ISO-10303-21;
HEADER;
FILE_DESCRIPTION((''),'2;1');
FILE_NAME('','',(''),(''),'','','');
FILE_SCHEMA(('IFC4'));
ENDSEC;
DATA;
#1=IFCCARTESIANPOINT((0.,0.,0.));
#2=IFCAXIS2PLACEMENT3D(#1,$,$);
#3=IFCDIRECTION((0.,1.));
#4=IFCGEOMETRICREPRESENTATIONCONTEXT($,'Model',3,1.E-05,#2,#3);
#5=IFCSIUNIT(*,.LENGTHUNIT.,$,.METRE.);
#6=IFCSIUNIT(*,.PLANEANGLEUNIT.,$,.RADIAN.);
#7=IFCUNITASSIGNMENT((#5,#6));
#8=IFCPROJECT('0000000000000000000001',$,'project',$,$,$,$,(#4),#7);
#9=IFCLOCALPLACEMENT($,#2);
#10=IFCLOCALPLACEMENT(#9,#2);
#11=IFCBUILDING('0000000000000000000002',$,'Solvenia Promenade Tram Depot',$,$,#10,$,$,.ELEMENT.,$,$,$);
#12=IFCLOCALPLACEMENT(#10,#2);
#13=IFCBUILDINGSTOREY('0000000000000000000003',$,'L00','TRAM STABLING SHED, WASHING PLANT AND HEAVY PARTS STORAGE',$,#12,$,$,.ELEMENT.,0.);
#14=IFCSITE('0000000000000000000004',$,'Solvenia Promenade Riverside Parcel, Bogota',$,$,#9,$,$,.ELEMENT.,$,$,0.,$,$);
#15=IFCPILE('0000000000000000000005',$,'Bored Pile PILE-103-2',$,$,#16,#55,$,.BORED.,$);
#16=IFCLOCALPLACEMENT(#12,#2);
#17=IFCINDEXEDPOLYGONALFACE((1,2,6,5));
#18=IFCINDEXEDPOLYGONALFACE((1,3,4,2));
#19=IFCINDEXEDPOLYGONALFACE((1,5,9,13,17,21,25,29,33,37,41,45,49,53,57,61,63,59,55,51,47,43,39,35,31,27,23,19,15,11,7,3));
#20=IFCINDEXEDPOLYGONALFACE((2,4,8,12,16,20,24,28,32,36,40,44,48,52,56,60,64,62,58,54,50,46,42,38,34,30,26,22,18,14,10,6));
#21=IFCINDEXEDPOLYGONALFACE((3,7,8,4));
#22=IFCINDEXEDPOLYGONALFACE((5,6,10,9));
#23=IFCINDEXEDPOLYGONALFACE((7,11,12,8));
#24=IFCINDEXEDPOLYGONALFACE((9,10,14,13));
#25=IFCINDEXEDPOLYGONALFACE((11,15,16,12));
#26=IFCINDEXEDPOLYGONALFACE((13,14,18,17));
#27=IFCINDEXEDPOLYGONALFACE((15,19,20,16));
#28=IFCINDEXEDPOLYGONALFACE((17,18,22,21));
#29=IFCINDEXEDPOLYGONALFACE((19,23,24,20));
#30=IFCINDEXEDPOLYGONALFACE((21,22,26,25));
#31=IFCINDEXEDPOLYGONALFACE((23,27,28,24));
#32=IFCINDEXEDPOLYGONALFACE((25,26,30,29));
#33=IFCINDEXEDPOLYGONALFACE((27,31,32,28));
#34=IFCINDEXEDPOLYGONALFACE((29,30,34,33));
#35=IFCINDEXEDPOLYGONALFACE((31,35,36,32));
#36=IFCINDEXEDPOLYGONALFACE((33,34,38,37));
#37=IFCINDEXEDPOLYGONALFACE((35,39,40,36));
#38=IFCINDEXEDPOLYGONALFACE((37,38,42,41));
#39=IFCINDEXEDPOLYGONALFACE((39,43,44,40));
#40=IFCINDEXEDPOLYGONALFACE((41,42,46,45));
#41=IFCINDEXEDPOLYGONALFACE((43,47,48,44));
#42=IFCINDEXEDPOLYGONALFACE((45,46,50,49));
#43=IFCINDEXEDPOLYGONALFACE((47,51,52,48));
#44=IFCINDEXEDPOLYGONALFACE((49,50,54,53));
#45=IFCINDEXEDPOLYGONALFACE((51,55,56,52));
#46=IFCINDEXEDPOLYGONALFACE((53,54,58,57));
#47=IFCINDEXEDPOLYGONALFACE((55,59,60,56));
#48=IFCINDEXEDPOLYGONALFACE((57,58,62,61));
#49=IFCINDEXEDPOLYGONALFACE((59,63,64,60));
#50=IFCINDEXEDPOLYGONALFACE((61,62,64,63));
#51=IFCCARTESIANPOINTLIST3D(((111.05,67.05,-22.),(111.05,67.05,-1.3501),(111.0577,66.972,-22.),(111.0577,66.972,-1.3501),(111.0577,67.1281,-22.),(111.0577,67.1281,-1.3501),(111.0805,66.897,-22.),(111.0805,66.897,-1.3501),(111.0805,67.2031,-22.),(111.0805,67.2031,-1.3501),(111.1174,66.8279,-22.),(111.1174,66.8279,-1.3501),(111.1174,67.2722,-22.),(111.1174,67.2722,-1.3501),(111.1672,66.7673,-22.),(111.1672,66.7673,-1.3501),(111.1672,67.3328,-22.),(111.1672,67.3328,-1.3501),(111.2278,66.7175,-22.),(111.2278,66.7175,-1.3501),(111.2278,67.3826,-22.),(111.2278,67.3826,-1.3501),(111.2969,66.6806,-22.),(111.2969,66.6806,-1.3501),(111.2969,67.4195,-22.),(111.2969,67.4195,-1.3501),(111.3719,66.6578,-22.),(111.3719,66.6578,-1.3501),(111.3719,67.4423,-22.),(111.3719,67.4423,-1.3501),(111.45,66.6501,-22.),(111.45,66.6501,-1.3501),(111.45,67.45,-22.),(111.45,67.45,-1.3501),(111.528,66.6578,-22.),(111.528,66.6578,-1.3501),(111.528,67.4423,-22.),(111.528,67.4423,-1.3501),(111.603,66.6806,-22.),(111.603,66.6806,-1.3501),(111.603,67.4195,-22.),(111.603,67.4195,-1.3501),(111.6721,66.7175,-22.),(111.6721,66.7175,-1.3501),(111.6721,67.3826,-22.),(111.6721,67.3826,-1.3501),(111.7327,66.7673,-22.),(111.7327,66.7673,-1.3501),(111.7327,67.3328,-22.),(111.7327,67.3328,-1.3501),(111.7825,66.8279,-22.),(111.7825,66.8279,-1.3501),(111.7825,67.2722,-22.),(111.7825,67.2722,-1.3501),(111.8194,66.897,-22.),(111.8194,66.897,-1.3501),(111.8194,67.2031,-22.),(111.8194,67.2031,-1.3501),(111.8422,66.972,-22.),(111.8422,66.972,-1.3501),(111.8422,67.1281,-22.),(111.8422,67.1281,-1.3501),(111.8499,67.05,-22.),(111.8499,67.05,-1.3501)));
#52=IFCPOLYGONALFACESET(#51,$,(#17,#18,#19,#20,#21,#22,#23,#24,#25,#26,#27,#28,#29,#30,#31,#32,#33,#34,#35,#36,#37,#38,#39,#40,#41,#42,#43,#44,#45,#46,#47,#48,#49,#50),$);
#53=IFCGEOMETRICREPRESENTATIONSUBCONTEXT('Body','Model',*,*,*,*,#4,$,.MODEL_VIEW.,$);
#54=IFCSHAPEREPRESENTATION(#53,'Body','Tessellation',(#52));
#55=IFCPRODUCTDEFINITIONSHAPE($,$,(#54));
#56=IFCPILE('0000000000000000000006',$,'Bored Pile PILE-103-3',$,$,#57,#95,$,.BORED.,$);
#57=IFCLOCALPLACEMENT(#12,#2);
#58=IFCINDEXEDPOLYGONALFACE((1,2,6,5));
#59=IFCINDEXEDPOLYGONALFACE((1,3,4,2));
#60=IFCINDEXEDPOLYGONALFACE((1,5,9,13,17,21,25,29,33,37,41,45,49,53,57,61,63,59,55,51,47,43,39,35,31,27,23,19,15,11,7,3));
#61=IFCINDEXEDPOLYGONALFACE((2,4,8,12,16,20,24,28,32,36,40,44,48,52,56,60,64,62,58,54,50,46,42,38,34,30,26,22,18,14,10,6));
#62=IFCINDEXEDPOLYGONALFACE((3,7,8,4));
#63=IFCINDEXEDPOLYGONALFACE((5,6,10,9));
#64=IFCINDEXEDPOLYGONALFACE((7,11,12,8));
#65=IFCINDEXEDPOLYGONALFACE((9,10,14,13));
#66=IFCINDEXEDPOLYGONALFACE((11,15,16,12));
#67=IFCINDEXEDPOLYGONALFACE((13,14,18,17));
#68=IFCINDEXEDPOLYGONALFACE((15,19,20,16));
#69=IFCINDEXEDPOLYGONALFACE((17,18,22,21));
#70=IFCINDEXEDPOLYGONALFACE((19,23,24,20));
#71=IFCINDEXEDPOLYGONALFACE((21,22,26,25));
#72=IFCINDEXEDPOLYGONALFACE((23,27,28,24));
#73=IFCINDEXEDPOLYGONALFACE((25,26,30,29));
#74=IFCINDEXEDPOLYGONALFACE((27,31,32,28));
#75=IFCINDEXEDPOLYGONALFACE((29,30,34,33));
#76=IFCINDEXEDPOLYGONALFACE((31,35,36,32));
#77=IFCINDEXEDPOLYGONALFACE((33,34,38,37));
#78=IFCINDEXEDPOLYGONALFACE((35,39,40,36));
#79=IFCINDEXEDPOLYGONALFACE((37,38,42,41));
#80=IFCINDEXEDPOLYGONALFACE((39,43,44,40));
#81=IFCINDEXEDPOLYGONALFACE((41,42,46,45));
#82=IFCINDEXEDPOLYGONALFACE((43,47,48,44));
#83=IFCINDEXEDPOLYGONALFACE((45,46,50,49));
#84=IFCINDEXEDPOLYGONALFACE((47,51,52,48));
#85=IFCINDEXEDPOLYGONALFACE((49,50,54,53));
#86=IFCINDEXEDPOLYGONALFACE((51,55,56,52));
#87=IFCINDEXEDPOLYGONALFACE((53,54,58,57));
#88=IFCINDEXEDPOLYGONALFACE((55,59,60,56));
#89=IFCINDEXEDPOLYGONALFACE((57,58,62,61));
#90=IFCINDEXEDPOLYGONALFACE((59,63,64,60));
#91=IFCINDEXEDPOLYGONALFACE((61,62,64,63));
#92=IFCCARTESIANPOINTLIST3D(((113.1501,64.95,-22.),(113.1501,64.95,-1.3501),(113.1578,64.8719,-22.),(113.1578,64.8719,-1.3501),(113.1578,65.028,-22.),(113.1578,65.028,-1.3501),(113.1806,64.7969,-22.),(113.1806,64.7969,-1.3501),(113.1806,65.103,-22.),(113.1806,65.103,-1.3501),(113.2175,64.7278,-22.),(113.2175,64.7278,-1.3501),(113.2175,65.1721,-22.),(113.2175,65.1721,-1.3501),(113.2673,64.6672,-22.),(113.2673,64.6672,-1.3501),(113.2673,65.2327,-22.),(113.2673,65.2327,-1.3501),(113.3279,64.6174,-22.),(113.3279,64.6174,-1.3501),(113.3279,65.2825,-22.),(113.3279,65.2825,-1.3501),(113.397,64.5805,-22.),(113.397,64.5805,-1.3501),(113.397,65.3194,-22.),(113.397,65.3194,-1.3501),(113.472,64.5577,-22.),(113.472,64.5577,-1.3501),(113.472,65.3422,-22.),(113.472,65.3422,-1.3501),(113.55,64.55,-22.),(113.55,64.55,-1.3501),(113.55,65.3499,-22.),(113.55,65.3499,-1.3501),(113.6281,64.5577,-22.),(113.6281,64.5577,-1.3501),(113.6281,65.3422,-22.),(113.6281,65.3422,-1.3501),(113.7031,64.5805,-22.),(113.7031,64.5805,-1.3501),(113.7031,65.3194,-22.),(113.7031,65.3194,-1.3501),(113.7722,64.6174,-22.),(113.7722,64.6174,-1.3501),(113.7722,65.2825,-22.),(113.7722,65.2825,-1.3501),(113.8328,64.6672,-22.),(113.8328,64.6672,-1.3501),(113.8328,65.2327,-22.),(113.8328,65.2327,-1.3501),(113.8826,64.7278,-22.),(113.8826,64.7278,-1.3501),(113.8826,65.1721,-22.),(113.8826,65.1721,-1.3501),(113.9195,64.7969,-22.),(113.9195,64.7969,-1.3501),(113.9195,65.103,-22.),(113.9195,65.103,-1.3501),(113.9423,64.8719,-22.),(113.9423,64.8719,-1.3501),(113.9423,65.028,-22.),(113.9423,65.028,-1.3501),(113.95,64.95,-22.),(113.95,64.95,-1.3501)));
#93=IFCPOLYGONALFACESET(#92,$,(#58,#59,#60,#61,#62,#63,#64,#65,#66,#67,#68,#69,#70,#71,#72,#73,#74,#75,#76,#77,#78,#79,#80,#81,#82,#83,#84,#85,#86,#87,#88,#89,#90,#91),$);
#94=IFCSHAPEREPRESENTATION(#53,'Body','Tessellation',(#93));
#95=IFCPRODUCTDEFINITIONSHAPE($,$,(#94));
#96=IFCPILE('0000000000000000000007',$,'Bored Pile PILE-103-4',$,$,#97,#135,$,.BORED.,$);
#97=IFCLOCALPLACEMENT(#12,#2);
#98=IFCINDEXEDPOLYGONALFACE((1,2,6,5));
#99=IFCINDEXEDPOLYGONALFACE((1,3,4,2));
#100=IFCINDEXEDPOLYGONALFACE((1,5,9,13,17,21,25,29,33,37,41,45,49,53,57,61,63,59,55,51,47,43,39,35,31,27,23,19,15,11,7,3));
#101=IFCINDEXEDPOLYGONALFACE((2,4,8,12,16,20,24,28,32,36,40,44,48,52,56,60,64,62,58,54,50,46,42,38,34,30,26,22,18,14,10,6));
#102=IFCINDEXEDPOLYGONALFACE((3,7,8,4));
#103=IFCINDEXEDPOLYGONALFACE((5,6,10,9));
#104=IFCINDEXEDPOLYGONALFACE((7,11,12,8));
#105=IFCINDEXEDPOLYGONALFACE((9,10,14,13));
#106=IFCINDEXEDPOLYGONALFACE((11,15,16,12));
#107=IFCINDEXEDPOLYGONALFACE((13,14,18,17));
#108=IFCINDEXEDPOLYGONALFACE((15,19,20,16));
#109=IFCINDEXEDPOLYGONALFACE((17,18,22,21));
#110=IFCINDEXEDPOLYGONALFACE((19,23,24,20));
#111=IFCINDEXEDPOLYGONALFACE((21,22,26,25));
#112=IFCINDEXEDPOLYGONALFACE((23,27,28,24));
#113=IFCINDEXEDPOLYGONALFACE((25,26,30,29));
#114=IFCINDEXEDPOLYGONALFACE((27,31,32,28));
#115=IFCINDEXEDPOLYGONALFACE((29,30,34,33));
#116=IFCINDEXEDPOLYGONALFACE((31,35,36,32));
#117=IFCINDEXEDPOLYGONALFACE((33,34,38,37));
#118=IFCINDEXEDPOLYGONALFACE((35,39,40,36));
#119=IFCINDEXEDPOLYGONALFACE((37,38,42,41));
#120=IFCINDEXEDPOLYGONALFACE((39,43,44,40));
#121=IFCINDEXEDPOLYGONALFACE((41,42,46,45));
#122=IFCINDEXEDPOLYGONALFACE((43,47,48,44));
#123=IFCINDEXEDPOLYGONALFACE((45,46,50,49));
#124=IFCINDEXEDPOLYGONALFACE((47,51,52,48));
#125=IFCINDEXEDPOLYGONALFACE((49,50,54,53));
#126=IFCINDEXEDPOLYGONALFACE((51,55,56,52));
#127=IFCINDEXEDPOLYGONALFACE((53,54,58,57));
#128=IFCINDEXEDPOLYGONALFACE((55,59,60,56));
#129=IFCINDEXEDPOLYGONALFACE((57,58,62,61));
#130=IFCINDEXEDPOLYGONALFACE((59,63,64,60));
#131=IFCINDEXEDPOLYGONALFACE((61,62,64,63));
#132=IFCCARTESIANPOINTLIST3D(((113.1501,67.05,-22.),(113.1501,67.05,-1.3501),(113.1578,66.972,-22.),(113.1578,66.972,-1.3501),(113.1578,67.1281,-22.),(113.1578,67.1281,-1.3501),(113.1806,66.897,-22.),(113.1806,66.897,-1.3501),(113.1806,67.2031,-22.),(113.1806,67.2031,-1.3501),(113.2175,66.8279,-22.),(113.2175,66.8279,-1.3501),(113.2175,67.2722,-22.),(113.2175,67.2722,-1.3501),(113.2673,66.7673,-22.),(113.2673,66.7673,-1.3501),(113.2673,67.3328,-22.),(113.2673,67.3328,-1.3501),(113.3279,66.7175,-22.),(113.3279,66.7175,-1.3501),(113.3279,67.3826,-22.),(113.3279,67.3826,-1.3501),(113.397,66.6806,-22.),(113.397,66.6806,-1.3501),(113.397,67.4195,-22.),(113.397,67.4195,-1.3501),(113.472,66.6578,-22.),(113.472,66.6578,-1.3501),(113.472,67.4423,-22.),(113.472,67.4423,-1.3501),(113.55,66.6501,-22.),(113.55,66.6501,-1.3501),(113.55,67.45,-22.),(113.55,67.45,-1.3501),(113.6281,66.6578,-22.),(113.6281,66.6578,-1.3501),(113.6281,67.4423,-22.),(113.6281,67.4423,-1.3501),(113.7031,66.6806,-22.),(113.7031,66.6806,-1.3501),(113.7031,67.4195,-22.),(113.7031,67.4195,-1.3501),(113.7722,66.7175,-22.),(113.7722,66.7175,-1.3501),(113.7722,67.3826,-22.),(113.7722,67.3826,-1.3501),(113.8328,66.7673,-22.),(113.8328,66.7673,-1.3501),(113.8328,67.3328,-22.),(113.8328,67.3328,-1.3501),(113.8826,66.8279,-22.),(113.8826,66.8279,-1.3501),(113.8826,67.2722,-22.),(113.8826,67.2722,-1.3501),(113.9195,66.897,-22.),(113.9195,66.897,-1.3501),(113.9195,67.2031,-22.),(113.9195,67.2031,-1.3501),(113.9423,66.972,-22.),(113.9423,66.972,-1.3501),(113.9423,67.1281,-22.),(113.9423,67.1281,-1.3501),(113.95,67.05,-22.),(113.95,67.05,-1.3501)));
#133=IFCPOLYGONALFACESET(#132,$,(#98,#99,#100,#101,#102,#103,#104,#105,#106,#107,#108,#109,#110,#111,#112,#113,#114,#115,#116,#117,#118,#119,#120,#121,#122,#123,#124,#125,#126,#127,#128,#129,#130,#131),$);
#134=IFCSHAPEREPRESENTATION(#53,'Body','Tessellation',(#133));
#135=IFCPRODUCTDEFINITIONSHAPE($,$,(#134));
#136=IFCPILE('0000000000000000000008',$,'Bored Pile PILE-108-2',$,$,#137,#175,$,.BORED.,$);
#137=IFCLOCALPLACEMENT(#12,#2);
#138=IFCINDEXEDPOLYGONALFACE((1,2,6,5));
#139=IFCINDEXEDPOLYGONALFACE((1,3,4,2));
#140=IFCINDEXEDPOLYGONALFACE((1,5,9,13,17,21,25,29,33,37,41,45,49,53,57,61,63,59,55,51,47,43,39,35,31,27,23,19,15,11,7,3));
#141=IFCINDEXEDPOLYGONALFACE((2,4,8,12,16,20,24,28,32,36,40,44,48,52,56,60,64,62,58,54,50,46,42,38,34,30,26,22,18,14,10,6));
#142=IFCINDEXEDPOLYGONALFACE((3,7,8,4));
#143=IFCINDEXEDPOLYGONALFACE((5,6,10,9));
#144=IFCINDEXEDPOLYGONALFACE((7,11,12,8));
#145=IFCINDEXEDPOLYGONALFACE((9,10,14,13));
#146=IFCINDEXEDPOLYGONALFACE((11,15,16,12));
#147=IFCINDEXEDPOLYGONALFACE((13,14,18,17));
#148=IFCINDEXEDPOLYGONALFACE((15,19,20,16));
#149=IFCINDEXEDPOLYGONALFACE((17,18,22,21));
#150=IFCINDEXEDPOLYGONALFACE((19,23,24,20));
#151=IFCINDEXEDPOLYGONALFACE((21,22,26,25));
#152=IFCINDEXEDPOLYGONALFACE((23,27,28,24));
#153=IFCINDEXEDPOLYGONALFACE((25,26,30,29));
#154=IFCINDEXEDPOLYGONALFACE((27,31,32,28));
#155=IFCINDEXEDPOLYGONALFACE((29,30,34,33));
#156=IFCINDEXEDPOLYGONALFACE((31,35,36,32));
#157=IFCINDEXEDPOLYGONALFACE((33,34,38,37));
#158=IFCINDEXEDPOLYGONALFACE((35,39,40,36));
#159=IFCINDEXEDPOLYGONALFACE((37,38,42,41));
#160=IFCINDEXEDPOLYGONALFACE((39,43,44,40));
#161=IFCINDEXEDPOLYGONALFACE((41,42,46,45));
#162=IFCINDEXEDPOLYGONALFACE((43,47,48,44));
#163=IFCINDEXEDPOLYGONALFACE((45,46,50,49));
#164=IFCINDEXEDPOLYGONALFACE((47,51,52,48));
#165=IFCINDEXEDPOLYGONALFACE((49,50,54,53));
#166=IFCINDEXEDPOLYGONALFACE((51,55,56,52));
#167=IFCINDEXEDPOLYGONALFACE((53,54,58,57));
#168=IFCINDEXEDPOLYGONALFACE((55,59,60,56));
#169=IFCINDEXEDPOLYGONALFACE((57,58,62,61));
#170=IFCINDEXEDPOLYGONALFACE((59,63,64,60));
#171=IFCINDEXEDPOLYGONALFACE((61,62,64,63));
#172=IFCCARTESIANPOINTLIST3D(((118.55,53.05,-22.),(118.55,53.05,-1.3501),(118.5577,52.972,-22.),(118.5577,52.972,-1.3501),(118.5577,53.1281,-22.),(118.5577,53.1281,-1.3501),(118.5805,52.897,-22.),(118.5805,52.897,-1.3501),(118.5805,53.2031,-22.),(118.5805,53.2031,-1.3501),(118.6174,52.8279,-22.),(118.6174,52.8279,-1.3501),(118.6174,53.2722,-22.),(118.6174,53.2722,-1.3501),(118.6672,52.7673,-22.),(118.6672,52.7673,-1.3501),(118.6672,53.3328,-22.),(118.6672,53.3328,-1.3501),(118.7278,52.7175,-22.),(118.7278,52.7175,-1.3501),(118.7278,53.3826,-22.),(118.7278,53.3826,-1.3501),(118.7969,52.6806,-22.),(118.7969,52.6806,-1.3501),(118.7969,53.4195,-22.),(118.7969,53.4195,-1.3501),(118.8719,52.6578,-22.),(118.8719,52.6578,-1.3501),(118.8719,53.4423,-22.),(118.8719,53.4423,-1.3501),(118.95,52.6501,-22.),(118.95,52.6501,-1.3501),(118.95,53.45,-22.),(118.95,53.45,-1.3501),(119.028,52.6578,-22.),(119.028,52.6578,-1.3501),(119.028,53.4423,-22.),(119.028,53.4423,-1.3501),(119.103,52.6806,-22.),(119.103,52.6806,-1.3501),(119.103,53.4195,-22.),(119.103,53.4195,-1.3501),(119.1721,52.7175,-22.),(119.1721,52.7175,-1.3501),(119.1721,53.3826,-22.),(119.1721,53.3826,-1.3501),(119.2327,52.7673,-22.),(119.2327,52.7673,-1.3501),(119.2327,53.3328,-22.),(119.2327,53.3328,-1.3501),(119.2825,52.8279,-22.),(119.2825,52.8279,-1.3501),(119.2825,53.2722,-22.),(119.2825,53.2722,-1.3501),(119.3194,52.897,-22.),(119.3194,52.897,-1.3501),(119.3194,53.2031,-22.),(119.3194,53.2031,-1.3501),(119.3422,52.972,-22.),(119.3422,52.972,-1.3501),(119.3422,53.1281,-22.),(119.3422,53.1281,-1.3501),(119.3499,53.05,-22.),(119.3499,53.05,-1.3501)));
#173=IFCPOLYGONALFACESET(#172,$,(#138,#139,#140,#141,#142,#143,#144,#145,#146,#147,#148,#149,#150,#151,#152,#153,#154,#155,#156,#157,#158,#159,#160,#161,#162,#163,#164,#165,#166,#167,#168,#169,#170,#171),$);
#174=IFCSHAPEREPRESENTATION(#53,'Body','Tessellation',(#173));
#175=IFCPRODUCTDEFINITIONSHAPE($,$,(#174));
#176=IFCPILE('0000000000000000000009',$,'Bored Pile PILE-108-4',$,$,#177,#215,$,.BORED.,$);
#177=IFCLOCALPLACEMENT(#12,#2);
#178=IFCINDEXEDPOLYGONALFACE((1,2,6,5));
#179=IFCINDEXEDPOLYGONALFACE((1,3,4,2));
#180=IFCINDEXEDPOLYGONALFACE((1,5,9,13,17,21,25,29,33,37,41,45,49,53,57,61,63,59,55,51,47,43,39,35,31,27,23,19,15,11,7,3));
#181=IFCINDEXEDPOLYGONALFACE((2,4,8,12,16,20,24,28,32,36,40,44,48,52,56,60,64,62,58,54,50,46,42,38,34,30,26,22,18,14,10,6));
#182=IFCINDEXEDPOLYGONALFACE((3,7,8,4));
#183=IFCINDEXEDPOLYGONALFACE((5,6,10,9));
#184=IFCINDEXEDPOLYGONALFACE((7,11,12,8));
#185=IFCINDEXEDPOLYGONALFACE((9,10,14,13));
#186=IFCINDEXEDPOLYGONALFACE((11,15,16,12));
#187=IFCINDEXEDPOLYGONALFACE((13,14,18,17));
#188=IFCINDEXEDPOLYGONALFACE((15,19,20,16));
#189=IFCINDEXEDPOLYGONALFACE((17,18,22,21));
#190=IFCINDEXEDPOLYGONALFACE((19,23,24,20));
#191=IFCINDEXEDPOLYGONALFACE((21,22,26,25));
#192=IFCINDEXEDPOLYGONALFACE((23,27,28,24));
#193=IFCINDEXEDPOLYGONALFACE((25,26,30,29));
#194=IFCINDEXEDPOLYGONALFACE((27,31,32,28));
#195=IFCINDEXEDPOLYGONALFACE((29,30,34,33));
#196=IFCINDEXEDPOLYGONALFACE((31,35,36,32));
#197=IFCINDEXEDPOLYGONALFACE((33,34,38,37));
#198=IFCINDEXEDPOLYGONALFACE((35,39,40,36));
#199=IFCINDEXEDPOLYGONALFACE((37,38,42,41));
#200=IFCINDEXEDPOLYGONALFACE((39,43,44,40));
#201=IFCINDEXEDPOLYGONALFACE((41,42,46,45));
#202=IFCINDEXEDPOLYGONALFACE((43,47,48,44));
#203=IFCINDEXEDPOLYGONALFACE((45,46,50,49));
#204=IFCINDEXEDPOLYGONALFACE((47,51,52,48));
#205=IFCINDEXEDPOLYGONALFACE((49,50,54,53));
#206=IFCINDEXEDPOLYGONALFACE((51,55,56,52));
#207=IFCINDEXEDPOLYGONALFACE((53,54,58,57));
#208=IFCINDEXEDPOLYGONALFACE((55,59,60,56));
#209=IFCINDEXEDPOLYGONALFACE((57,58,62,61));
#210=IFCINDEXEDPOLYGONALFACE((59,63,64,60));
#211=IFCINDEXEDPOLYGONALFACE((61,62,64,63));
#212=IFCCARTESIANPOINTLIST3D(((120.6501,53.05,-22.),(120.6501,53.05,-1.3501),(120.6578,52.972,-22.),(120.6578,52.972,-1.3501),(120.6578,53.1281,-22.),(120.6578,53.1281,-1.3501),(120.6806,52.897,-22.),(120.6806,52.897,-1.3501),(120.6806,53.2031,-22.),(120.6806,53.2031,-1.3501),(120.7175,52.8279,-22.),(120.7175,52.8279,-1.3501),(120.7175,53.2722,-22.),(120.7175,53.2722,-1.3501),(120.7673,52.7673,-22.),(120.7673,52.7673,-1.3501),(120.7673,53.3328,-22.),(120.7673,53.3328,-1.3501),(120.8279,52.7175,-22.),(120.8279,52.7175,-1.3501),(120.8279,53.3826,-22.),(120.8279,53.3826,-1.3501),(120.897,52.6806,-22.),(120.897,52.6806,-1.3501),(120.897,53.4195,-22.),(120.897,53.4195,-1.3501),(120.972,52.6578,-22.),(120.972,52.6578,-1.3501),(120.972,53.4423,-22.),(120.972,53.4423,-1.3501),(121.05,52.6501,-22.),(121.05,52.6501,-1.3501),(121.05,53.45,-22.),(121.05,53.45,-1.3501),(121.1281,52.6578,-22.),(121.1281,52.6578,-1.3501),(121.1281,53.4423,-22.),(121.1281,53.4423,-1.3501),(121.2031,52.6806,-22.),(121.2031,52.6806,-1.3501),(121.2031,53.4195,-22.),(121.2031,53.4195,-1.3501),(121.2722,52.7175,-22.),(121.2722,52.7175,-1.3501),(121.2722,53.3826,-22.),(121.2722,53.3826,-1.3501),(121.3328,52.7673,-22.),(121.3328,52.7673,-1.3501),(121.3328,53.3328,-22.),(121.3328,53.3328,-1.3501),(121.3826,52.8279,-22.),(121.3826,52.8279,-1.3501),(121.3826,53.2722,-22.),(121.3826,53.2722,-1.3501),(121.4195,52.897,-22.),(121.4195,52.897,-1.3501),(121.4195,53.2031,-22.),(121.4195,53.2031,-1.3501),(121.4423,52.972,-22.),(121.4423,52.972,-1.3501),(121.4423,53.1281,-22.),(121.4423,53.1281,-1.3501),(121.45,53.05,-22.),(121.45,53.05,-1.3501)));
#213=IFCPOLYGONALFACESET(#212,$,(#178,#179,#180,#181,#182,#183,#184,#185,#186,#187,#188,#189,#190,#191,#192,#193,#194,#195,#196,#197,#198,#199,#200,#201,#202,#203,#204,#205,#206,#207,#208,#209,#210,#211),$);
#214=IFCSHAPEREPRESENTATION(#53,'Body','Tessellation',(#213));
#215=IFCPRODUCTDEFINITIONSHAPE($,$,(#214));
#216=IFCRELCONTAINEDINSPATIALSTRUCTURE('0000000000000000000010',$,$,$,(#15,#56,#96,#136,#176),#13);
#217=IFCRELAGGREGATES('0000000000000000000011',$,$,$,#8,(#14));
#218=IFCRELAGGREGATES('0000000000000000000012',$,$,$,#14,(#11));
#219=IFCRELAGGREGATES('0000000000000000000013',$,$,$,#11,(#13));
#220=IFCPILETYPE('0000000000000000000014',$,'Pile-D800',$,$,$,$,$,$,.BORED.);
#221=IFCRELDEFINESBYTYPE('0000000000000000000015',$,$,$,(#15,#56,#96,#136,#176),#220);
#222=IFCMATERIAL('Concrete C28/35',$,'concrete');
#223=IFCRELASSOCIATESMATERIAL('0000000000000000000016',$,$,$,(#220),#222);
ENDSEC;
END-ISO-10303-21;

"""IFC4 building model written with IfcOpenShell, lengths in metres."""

from ifc_helpers import new_model, si_unit, direction, frame, origin, origin_2d, place, context, subcontext, project, spatial, circle, extrude, material, material_profile, profile_set, type_object, element, save


model = new_model("IFC4")

# Units and contexts
model_context = context("Model", 3, precision=1e-05, world=origin(), true_north=direction((0.0, 1.0)))
body_context = subcontext(model_context, "Body", "Model", "MODEL_VIEW")
ifc_project = project(units=[si_unit("LENGTHUNIT", "METRE"), si_unit("PLANEANGLEUNIT", "RADIAN")], contexts=[model_context])

# Site, building, storey
site_placement = place(None, origin())
site = spatial("IfcSite", under=ifc_project, at=site_placement, Name="Solvenia Promenade Riverside Parcel, Bogota", CompositionType="ELEMENT", RefElevation=0.0)
building_placement = place(site_placement, origin())
building = spatial("IfcBuilding", under=site, at=building_placement, Name="Solvenia Promenade Tram Depot", CompositionType="ELEMENT")
storey_placement = place(building_placement, origin())
storey = spatial("IfcBuildingStorey", under=building, at=storey_placement, Name="L00", Description="TRAM STABLING SHED, WASHING PLANT AND HEAVY PARTS STORAGE", CompositionType="ELEMENT", Elevation=0.0)

# Shared definitions
ifc_material_1 = material(Name="Concrete C28/35", Category="concrete")

# Piles
ifc_material_profile_1 = material_profile(ifc_material_1, circle(Radius=0.3999, at=origin_2d()), Name="D800", Category="concrete")
ifc_profile_set_1 = profile_set([ifc_material_profile_1], Name="Concrete C28/35")
pile_type = type_object("IfcPileType", Name="Pile-D800", PredefinedType="BORED", material=ifc_profile_set_1)
for number, where, z_axis, x_axis, name in (
    (1, (111.45, 67.05, -1.3501), (0.0, 0.0, -1.0), (1.0, 0.0, 0.0), "Bored Pile PILE-103-2"),
    (2, (113.55, 64.95, -1.3501), (0.0, 0.0, -1.0), (1.0, 0.0, 0.0), "Bored Pile PILE-103-3"),
    (3, (113.55, 67.05, -1.3501), (0.0, 0.0, -1.0), (1.0, 0.0, 0.0), "Bored Pile PILE-103-4"),
    (4, (118.95, 53.05, -1.3501), (0.0, 0.0, -1.0), (1.0, 0.0, 0.0), "Bored Pile PILE-108-2"),
    (5, (121.05, 53.05, -1.3501), (0.0, 0.0, -1.0), (1.0, 0.0, 0.0), "Bored Pile PILE-108-4"),
):
    element("IfcPile", number, at=place(storey_placement, frame(where, z_axis=z_axis, x_axis=x_axis)), inside=storey, type_object=pile_type, Name=name, PredefinedType="BORED", context=body_context, shape_type="SweptSolid", body=[
        extrude(circle(Radius=0.3999, at=origin_2d()), origin(), (0.0, 0.0, 1.0), 20.6499),
    ])

save(model, "model.ifc")
